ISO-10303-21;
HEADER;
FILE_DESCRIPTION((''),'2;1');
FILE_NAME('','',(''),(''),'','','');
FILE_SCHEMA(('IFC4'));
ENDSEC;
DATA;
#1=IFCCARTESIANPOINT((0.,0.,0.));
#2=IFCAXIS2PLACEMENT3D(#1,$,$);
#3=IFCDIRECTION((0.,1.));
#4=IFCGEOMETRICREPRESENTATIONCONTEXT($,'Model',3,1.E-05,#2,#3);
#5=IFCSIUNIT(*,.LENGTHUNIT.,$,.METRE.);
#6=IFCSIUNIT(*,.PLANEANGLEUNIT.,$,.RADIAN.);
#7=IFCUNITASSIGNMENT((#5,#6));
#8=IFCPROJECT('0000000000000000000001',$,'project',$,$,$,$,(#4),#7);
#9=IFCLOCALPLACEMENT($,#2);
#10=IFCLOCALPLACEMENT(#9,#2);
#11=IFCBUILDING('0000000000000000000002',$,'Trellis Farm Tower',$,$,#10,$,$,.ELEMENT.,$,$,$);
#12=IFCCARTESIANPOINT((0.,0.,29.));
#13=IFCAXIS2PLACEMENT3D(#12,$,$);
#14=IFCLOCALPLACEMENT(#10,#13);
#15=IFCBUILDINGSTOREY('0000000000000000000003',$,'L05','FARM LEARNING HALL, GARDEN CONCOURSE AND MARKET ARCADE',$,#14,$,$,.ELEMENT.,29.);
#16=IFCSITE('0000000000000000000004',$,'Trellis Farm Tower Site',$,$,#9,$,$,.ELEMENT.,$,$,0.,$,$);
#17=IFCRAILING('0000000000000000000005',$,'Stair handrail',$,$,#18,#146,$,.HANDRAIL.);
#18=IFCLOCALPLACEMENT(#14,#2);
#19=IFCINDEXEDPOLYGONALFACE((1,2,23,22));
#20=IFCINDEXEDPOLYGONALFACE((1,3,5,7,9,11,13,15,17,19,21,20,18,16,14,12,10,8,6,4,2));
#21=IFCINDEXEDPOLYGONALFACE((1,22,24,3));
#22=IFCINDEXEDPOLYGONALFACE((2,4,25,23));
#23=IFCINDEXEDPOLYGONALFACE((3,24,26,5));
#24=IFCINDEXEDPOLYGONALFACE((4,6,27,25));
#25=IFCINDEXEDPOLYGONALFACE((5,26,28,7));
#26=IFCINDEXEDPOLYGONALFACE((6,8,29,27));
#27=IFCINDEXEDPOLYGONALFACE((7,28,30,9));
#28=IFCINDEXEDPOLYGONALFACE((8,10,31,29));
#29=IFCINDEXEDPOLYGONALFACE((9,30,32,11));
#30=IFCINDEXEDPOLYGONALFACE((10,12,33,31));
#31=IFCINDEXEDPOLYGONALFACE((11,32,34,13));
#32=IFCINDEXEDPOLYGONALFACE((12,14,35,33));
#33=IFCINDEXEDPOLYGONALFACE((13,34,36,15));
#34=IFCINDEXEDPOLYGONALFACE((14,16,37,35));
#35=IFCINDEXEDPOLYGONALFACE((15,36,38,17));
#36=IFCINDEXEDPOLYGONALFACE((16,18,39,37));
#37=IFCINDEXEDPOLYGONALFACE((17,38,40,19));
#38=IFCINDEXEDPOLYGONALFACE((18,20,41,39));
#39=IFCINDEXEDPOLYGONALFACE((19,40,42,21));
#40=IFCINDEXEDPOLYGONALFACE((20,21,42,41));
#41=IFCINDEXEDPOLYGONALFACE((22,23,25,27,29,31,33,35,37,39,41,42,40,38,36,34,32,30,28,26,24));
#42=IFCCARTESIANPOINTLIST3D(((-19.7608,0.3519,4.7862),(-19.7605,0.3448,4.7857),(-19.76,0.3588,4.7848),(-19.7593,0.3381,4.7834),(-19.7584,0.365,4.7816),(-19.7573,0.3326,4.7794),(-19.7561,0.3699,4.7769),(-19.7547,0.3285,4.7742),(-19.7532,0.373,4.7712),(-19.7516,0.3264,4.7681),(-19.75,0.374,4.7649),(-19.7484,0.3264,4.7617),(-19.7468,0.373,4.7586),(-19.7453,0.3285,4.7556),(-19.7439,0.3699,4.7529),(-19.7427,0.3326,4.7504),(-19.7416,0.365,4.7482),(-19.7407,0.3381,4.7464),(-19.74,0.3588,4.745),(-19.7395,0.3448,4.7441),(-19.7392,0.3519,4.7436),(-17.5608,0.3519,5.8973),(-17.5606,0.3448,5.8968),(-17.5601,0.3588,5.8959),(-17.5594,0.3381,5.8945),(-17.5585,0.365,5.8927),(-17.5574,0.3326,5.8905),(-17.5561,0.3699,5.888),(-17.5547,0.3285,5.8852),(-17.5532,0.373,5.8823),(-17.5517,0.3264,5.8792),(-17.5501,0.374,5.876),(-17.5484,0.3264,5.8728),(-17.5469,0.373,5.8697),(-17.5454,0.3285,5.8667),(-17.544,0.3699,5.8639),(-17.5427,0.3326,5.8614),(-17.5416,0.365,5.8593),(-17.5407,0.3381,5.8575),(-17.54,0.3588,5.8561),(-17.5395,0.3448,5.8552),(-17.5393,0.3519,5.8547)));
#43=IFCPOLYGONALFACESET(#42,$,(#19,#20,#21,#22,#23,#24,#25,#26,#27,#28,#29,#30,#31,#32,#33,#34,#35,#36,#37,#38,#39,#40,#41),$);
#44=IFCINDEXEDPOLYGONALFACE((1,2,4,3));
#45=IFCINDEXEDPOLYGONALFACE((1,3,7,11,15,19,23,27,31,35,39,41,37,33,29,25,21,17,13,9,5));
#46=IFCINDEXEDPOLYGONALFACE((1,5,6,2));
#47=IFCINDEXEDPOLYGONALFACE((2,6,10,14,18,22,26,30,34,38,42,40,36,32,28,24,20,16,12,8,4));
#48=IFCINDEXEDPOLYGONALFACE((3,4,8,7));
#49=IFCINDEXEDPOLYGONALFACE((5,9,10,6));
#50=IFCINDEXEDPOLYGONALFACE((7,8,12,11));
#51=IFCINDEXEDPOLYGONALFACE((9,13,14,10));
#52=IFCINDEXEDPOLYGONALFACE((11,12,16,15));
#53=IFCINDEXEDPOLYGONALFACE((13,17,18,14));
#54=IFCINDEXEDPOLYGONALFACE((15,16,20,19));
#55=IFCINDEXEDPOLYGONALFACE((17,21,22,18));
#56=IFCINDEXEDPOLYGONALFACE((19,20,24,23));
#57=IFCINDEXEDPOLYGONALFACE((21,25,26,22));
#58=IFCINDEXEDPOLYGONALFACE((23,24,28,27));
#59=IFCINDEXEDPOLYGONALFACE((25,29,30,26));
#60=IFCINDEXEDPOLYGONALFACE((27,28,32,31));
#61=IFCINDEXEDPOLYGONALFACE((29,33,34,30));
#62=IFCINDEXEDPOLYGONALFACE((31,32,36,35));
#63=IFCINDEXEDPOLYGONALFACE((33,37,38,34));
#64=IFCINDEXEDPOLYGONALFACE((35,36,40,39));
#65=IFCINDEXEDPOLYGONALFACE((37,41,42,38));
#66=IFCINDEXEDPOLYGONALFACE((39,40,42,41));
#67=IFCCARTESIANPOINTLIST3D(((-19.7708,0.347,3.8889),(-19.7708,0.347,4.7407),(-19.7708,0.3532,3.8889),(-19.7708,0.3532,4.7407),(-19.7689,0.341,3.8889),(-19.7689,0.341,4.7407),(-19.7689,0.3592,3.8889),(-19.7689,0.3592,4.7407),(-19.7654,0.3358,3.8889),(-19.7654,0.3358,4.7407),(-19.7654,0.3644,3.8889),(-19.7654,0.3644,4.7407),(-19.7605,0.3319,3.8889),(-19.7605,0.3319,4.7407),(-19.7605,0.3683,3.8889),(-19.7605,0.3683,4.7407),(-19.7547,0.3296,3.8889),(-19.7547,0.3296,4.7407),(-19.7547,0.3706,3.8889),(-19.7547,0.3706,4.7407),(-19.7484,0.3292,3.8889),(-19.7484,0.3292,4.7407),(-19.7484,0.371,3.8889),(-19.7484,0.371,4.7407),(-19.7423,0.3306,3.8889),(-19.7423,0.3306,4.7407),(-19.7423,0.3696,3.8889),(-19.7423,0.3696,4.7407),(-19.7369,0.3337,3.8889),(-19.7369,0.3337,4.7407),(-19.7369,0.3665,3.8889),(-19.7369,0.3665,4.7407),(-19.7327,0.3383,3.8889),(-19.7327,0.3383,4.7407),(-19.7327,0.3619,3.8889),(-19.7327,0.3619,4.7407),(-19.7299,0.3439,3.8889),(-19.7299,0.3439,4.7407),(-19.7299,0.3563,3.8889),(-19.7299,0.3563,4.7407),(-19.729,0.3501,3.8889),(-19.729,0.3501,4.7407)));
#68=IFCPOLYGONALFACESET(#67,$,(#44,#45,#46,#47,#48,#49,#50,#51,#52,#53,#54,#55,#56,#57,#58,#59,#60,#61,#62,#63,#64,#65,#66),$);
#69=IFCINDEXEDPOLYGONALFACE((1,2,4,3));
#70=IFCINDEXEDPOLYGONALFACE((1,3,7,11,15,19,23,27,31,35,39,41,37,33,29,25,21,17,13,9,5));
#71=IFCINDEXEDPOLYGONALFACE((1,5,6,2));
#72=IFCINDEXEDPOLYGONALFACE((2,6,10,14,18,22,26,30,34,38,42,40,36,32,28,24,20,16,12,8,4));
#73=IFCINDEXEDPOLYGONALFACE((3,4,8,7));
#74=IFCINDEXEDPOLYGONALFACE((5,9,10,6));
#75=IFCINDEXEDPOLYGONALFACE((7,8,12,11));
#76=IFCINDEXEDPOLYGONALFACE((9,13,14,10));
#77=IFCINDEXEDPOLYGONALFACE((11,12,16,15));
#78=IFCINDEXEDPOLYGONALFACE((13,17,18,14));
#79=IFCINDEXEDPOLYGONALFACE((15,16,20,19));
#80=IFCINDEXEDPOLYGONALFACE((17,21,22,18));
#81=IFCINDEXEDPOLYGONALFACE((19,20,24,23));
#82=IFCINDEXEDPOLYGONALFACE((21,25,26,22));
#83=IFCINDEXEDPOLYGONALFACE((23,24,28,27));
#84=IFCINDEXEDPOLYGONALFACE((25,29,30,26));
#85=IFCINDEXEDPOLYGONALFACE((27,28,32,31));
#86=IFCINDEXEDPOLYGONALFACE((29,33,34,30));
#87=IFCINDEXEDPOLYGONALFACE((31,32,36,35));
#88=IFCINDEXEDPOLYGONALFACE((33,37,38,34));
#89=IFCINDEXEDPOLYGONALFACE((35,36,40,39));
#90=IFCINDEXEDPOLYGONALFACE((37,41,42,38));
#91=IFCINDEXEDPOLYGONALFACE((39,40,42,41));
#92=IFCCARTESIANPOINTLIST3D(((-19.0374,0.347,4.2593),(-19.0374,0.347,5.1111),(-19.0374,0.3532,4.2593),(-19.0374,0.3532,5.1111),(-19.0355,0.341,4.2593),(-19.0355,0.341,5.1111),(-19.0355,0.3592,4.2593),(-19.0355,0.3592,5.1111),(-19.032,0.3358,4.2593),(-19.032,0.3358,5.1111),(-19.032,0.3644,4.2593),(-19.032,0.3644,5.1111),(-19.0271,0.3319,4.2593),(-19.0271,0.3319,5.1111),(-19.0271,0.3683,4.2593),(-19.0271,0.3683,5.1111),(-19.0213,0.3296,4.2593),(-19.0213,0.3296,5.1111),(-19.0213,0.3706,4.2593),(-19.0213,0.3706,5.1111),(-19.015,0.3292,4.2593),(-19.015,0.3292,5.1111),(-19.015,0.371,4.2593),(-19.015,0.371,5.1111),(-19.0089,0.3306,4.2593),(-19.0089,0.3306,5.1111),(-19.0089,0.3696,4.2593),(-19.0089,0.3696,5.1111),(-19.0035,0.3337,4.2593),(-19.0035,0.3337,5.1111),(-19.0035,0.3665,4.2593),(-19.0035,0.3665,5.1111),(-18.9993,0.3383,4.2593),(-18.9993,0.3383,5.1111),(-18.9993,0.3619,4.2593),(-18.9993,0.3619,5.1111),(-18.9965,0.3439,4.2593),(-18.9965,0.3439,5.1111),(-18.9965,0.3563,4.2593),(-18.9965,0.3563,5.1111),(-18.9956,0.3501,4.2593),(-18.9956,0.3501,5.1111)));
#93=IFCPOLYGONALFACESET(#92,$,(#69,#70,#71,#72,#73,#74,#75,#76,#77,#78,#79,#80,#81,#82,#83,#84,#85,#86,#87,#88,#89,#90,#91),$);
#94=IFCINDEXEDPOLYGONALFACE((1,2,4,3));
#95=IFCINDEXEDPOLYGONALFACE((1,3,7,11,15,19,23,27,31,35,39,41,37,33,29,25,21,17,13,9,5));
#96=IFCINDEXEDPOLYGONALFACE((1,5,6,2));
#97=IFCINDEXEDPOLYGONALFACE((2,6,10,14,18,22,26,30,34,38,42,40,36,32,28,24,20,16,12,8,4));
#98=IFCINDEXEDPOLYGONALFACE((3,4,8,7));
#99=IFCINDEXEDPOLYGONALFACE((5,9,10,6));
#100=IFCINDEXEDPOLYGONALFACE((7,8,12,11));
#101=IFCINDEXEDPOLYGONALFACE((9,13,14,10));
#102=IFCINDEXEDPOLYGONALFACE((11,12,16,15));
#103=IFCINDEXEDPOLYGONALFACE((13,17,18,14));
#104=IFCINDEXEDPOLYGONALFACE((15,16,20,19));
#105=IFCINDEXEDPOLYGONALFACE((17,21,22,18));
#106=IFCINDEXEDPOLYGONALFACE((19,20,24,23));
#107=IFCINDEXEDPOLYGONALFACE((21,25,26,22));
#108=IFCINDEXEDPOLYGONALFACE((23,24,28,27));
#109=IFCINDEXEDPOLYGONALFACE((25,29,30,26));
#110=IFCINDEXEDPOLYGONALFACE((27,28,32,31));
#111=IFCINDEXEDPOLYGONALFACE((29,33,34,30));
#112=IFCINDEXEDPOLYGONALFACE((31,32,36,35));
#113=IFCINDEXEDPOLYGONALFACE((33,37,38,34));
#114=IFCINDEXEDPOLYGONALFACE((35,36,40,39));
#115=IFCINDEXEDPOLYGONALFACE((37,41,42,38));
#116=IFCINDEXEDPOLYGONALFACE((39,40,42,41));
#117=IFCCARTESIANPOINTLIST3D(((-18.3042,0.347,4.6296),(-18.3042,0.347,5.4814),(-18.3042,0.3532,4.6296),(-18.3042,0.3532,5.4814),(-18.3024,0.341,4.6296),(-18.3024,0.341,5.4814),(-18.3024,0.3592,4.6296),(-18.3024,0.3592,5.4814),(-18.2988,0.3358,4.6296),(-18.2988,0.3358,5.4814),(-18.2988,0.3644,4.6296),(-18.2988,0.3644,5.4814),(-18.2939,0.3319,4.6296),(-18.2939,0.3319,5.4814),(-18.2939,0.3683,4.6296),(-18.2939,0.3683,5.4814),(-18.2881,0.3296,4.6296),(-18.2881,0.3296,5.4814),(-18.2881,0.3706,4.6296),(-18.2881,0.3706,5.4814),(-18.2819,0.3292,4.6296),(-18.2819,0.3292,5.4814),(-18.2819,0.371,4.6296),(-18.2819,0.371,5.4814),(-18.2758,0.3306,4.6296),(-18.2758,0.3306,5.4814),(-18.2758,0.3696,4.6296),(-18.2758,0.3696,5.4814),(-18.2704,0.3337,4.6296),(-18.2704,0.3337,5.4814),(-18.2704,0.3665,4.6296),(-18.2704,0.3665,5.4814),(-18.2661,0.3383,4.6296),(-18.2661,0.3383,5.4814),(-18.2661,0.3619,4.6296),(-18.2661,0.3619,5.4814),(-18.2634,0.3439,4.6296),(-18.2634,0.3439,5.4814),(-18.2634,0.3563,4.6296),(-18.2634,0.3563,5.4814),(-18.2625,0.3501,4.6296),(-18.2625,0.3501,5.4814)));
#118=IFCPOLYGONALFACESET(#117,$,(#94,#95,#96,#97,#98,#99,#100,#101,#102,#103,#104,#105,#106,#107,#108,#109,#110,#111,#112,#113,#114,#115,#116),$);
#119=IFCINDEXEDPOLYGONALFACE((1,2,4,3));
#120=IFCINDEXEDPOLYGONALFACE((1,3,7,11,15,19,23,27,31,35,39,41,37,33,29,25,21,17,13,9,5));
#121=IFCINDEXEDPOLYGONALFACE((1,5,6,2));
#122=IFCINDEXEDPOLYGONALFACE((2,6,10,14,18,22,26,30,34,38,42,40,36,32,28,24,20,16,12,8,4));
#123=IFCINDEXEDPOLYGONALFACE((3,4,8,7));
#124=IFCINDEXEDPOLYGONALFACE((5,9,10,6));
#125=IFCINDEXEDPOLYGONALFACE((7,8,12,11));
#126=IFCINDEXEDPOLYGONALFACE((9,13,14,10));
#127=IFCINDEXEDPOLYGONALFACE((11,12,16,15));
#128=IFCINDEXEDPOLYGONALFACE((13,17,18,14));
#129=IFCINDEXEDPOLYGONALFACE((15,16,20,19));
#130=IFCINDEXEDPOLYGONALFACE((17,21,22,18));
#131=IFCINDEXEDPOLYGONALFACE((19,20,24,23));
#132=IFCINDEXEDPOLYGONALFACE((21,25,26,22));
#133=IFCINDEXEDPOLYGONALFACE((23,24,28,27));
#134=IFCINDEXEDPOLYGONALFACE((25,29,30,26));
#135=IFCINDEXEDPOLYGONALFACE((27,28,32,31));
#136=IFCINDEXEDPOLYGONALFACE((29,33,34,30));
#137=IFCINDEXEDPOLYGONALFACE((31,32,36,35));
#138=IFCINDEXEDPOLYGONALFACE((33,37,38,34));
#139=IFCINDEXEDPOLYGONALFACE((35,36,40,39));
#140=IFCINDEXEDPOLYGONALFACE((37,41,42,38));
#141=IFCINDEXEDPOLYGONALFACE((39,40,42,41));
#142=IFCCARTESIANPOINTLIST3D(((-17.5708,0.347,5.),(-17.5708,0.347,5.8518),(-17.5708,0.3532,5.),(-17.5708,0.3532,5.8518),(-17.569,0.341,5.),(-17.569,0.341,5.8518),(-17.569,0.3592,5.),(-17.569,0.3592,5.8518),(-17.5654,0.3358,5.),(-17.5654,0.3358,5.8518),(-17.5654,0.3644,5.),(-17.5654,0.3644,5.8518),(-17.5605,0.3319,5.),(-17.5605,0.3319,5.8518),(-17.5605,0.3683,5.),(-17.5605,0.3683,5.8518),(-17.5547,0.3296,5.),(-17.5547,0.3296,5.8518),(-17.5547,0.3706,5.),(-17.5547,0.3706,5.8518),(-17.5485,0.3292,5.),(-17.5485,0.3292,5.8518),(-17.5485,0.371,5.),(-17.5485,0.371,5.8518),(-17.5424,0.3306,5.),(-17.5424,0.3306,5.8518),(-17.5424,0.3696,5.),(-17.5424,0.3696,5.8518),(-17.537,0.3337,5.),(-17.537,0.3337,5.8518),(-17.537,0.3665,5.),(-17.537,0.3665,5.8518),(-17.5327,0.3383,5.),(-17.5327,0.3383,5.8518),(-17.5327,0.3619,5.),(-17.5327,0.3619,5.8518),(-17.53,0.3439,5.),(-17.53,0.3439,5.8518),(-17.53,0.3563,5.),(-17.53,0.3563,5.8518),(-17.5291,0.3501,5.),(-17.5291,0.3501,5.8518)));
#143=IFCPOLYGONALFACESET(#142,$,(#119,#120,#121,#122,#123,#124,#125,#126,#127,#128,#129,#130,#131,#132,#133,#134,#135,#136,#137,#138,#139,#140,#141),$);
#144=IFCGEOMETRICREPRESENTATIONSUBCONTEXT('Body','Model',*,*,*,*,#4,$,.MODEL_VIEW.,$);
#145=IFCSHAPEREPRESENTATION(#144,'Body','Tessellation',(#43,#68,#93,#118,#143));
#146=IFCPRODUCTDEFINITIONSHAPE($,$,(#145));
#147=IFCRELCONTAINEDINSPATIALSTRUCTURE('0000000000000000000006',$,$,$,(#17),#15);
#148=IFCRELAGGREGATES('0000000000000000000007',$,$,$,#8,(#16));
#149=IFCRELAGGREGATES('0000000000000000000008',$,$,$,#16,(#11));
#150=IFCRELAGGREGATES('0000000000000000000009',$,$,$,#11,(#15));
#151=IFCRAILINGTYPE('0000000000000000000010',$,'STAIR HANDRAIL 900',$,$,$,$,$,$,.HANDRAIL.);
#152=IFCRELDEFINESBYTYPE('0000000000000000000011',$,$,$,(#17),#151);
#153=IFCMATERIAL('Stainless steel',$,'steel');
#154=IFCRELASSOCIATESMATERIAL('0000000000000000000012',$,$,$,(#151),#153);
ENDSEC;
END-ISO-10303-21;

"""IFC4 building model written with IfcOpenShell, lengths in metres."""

from ifc_helpers import new_model, si_unit, direction, frame, origin, origin_2d, place, context, subcontext, project, spatial, circle, extrude, source, transform, mapped, material, type_object, element, save


model = new_model("IFC4")

# Units and contexts
model_context = context("Model", 3, precision=1e-05, world=origin(), true_north=direction((0.0, 1.0)))
body_context = subcontext(model_context, "Body", "Model", "MODEL_VIEW")
ifc_project = project(units=[si_unit("LENGTHUNIT", "METRE"), si_unit("PLANEANGLEUNIT", "RADIAN")], contexts=[model_context])

# Site, building, storey
site_placement = place(None, origin())
site = spatial("IfcSite", under=ifc_project, at=site_placement, Name="Trellis Farm Tower Site", CompositionType="ELEMENT", RefElevation=0.0)
building_placement = place(site_placement, origin())
building = spatial("IfcBuilding", under=site, at=building_placement, Name="Trellis Farm Tower", CompositionType="ELEMENT")
storey_placement = place(building_placement, frame((0.0, 0.0, 29.0)))
storey = spatial("IfcBuildingStorey", under=building, at=storey_placement, Name="L05", Description="FARM LEARNING HALL, GARDEN CONCOURSE AND MARKET ARCADE", CompositionType="ELEMENT", Elevation=29.0)

# Railing
ifc_material_1 = material(Name="Stainless steel", Category="steel")
railing_type = type_object("IfcRailingType", Name="STAIR HANDRAIL 900", PredefinedType="HANDRAIL", material=ifc_material_1)
shared_shape_1 = source(origin(), body_context, "Body", "SweptSolid", [
    extrude(circle(Radius=0.0239, at=origin_2d()), frame((0.0, 0.0, 0.876), z_axis=(0.892617, 0.0, 0.450816), x_axis=(0.0, 1.0, 0.0)), (0.0, 0.0, 1.0), 2.4646),
    extrude(circle(Radius=0.021, at=origin_2d()), origin(), (0.0, 0.0, 1.0), 0.8518),
    extrude(circle(Radius=0.021, at=origin_2d()), frame((0.7334, 0.0, 0.3704)), (0.0, 0.0, 1.0), 0.8518),
    extrude(circle(Radius=0.021, at=origin_2d()), frame((1.4666, 0.0, 0.7407)), (0.0, 0.0, 1.0), 0.8518),
    extrude(circle(Radius=0.021, at=origin_2d()), frame((2.2, 0.0, 1.1111)), (0.0, 0.0, 1.0), 0.8518),
])
for number, where, name in (
    (1, (-19.75, 0.3501, 3.8889), "Stair handrail"),
):
    element("IfcRailing", number, at=place(storey_placement, frame(where)), inside=storey, type_object=railing_type, Name=name, PredefinedType="HANDRAIL", context=body_context, shape_type="MappedRepresentation", body=[
        mapped(shared_shape_1, transform((0.0, 0.0, 0.0))),
    ])

save(model, "model.ifc")
